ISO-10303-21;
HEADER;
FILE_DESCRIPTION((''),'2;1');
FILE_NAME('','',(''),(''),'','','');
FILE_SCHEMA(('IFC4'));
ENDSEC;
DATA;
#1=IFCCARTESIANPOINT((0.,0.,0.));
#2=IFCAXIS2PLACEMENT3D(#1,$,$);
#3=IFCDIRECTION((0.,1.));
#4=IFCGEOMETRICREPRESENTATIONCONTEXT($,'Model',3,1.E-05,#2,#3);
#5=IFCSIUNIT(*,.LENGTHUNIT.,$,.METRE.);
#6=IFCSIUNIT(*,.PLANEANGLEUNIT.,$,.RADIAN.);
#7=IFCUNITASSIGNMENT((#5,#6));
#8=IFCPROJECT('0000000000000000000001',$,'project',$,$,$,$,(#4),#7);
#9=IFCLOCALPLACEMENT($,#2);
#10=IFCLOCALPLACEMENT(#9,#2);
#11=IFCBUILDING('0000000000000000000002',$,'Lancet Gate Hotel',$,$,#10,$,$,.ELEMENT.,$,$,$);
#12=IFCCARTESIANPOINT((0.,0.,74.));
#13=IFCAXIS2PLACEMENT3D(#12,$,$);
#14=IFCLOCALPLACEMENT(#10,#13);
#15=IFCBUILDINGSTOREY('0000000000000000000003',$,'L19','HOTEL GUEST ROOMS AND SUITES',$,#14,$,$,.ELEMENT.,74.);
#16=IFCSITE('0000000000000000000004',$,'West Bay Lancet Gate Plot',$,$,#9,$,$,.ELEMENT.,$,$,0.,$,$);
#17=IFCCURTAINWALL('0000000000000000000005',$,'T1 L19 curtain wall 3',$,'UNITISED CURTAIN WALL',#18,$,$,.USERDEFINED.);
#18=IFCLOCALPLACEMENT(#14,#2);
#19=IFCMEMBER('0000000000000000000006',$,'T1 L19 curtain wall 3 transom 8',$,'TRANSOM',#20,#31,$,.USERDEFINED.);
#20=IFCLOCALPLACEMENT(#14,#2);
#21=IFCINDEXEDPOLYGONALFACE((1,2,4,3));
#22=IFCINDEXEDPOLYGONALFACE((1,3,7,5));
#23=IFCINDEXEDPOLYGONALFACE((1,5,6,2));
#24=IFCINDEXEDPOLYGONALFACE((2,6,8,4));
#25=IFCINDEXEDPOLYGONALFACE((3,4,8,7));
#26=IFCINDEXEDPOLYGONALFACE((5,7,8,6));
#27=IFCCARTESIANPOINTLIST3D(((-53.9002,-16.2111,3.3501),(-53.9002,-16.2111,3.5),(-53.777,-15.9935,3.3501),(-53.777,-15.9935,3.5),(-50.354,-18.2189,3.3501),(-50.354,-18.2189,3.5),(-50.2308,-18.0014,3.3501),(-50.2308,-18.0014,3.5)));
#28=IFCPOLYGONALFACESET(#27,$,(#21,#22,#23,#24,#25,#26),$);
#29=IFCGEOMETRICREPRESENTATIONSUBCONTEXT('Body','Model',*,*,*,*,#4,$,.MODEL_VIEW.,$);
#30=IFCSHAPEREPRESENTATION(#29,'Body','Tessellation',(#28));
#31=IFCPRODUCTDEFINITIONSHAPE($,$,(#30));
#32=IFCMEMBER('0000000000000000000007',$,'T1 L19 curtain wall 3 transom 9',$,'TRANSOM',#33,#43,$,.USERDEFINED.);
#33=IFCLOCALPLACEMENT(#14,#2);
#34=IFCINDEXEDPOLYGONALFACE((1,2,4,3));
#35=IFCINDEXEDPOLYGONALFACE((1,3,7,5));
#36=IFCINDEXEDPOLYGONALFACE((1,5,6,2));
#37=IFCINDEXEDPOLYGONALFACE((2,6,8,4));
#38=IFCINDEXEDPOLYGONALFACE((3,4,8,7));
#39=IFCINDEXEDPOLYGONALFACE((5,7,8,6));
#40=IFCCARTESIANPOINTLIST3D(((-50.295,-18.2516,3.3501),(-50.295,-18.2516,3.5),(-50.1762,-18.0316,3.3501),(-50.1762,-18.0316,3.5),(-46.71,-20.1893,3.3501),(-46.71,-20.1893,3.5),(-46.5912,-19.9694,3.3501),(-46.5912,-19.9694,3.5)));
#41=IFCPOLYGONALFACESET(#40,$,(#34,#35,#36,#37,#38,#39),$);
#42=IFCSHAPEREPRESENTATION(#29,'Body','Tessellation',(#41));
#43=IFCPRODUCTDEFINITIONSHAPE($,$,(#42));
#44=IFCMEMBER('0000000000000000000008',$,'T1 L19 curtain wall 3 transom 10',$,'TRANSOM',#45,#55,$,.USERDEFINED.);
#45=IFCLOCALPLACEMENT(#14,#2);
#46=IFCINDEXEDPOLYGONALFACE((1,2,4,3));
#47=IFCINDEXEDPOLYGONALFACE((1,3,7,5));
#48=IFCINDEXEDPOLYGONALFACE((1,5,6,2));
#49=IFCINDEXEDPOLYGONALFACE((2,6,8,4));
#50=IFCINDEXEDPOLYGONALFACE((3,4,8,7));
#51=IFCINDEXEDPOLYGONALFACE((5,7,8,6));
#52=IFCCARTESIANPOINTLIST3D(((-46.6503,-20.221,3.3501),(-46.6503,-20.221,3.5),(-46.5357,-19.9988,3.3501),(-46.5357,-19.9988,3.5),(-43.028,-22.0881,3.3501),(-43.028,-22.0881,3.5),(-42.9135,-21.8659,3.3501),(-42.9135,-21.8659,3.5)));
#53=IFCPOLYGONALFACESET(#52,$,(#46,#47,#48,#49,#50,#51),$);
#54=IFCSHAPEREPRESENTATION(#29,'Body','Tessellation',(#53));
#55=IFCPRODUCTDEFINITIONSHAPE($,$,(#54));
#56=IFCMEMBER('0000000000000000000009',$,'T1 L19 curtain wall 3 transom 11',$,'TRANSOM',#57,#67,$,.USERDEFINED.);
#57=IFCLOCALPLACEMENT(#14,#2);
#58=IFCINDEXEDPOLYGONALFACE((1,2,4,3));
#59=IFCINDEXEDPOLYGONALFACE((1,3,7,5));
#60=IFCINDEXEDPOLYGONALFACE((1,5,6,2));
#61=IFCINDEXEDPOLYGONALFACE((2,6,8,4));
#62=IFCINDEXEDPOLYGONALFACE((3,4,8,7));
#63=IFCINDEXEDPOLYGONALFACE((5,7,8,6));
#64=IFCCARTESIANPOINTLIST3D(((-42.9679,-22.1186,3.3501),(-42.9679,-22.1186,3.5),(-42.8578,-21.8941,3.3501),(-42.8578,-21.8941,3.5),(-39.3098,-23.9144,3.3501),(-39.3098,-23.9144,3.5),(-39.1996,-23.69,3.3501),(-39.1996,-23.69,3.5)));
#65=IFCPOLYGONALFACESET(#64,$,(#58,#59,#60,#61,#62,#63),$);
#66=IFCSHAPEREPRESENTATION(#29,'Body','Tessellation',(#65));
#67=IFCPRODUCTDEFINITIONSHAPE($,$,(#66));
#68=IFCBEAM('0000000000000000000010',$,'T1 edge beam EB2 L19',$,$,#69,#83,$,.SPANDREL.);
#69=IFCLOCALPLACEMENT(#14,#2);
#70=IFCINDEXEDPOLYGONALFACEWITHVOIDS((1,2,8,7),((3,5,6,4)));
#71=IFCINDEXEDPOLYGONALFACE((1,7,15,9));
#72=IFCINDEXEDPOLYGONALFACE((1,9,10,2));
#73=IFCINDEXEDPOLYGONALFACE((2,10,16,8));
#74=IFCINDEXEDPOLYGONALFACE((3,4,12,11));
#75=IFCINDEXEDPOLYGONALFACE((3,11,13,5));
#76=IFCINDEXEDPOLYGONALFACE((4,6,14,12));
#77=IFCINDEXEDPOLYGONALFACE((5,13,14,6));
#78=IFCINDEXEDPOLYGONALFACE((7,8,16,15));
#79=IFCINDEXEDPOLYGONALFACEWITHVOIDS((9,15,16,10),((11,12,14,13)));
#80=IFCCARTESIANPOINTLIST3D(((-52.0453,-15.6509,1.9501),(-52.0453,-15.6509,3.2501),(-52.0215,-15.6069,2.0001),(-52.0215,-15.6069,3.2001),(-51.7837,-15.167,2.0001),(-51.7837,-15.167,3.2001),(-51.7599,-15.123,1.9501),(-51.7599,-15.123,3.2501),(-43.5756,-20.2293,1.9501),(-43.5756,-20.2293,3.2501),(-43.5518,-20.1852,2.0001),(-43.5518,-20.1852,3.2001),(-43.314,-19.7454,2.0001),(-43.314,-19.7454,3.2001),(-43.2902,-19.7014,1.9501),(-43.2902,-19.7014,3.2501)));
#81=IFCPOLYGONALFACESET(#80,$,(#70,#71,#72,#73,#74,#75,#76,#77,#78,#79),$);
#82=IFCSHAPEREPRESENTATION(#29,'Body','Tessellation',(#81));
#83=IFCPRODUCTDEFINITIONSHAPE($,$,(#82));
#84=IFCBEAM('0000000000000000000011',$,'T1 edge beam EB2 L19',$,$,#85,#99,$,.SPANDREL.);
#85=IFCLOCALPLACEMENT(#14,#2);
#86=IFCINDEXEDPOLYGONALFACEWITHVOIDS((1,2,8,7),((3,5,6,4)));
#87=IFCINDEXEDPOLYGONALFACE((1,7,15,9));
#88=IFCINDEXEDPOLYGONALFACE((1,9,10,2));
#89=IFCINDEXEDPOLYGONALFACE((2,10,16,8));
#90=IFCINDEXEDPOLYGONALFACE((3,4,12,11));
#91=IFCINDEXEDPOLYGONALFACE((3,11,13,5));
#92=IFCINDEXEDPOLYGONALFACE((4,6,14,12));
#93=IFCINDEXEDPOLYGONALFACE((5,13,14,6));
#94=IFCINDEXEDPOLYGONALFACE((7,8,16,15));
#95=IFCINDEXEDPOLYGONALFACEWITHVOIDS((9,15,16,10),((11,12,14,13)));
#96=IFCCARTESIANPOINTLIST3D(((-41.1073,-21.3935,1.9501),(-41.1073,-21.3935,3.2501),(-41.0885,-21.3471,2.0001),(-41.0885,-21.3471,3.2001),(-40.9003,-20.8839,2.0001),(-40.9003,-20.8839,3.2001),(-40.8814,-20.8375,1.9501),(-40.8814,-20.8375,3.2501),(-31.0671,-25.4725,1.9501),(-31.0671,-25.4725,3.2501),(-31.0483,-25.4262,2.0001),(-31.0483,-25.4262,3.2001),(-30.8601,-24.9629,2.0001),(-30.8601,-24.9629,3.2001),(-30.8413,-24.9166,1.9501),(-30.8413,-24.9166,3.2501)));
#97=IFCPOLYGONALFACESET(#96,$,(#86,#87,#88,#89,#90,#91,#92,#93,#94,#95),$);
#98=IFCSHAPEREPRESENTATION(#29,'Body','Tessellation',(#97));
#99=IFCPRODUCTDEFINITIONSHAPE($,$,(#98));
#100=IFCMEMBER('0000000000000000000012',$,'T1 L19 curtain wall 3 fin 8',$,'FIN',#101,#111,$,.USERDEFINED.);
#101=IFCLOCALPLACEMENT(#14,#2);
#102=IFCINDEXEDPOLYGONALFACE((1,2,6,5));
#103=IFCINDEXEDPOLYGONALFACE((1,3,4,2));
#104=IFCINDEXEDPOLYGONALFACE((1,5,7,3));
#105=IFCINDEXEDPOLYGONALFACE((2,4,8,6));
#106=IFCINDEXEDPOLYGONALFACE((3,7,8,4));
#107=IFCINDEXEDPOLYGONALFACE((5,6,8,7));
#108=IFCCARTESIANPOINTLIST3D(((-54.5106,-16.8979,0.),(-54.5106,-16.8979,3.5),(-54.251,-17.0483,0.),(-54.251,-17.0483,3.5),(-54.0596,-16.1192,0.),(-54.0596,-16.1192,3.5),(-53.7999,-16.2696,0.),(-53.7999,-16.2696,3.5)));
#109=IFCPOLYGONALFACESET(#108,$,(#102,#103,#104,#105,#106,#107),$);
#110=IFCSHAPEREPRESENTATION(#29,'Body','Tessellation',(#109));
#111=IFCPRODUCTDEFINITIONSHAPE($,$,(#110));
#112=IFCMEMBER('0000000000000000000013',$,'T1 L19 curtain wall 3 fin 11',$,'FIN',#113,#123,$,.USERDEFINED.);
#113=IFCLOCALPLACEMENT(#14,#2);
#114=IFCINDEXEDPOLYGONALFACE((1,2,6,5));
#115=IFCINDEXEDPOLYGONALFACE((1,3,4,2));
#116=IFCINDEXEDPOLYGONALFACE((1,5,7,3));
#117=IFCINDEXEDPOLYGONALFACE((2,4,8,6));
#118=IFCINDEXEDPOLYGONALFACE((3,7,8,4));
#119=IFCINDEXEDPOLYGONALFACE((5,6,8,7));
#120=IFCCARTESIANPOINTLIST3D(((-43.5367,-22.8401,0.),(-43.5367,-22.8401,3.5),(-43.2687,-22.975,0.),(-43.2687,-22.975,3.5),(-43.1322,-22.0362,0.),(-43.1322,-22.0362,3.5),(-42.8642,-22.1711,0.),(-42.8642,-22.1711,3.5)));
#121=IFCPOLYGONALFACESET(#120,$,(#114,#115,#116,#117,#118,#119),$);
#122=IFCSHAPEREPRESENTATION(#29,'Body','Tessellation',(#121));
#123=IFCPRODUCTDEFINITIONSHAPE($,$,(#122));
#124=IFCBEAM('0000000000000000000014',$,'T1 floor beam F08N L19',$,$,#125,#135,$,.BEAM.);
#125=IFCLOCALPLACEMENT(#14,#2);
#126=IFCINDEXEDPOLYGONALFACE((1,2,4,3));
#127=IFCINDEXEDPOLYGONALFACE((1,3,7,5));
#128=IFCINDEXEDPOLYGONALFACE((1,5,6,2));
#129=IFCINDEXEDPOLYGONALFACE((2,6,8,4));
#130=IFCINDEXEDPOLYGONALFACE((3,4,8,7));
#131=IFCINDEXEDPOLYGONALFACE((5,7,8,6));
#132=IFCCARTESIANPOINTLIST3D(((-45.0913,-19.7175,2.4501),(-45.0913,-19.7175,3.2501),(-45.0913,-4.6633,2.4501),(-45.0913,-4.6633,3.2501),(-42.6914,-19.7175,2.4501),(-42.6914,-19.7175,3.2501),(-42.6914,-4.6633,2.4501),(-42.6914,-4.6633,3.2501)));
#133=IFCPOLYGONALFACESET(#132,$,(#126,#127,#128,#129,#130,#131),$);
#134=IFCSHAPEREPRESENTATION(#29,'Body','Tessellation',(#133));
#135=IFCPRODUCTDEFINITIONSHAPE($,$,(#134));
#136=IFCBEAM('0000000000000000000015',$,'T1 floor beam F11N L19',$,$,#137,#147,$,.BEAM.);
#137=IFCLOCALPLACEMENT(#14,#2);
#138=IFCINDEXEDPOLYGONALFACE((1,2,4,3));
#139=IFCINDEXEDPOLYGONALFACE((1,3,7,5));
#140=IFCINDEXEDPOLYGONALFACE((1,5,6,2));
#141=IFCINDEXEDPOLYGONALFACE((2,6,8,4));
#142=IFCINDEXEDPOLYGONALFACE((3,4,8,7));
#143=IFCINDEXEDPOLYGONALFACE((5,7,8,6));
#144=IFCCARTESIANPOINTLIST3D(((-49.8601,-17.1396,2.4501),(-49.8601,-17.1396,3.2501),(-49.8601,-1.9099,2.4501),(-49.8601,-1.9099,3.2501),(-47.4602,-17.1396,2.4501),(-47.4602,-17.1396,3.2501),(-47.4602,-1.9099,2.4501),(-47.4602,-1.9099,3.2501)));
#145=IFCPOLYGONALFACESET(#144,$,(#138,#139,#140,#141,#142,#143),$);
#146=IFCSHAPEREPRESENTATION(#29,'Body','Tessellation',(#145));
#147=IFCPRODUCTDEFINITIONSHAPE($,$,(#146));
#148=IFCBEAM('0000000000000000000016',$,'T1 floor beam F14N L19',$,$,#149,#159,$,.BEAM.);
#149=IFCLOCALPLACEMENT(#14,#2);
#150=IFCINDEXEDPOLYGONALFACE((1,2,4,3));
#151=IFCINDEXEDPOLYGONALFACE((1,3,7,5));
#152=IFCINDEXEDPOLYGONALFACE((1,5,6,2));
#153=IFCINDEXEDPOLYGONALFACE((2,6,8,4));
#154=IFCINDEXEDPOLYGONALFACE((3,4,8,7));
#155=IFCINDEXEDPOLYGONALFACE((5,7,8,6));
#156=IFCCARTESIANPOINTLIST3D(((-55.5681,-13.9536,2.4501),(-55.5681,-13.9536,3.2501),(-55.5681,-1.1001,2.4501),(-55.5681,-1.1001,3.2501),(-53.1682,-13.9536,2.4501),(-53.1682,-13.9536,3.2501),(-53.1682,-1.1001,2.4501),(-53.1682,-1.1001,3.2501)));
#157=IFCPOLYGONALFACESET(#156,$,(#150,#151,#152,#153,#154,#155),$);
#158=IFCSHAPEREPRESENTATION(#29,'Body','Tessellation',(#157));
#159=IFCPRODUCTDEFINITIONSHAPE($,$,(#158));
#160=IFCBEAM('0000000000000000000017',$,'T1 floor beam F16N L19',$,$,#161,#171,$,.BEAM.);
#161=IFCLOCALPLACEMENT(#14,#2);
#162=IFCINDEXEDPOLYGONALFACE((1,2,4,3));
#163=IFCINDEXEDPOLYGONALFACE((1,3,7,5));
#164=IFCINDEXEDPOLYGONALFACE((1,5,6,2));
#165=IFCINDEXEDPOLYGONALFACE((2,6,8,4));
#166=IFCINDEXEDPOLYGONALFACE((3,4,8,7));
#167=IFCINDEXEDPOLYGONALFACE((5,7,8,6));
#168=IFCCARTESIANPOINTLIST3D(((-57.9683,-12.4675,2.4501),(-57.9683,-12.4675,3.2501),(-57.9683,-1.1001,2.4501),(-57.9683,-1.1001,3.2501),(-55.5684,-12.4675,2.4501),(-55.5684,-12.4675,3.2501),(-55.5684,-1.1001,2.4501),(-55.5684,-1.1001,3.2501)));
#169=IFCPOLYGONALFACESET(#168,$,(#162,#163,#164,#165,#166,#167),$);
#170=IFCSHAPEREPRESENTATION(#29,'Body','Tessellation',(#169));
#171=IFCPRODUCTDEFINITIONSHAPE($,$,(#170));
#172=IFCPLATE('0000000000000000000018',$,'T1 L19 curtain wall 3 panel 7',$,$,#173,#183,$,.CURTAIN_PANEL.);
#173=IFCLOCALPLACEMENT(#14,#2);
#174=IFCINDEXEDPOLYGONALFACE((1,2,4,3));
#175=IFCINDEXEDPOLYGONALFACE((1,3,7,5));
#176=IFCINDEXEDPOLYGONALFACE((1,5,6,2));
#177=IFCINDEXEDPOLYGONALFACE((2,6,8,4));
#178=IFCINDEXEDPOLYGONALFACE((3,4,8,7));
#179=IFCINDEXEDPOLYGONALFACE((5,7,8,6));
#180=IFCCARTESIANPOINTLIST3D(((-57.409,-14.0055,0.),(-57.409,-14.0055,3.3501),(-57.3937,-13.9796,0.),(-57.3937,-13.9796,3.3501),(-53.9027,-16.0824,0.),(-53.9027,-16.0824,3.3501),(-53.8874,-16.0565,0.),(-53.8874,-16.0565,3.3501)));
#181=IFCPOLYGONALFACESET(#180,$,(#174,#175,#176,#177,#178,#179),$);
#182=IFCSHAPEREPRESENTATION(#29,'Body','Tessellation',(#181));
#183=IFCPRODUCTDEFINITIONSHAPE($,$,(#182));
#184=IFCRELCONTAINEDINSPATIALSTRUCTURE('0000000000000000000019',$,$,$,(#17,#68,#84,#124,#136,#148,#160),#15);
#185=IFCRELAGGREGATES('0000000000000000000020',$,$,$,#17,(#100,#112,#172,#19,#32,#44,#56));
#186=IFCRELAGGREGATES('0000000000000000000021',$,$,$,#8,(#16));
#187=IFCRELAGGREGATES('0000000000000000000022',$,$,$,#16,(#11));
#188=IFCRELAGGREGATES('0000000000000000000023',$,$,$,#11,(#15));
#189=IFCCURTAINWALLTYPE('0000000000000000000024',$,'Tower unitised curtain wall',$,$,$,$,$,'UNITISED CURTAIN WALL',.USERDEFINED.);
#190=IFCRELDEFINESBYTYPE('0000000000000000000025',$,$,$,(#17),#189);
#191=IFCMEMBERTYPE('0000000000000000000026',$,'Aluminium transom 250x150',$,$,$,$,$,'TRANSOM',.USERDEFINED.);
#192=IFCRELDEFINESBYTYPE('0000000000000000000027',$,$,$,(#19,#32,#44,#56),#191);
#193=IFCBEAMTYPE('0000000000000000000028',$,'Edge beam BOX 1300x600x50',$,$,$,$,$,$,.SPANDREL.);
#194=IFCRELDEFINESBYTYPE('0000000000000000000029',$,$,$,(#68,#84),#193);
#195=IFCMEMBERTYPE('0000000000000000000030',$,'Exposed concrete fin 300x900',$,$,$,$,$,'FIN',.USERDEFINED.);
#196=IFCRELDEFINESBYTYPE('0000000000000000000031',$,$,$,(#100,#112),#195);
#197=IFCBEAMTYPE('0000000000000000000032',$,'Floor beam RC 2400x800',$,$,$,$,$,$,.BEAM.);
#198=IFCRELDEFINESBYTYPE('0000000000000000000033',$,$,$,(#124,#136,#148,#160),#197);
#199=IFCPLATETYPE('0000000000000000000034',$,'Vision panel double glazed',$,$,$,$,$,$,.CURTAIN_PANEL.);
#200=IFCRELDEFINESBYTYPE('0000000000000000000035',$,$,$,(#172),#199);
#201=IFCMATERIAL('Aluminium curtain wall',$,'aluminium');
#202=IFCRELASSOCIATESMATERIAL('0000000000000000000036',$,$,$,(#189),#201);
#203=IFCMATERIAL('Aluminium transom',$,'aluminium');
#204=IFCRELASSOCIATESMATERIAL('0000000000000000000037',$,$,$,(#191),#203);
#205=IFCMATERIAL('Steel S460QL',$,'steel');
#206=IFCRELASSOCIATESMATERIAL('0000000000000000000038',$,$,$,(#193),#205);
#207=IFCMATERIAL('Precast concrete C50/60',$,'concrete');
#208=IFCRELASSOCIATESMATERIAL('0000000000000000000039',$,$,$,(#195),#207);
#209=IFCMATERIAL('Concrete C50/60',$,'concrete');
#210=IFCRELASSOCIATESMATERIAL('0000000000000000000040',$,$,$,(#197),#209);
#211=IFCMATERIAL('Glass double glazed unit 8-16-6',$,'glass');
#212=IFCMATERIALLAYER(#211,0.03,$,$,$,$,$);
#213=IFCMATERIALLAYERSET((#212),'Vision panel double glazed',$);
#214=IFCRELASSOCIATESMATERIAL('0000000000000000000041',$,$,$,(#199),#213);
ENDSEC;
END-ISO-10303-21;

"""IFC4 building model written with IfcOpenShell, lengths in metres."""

from ifc_helpers import new_model, si_unit, direction, frame, origin, origin_2d, place, context, subcontext, project, spatial, rectangle, hollow_rectangle, extrude, material, layer, layer_set, material_profile, profile_set, type_object, element, aggregate, save


model = new_model("IFC4")

# Units and contexts
model_context = context("Model", 3, precision=1e-05, world=origin(), true_north=direction((0.0, 1.0)))
body_context = subcontext(model_context, "Body", "Model", "MODEL_VIEW")
ifc_project = project(units=[si_unit("LENGTHUNIT", "METRE"), si_unit("PLANEANGLEUNIT", "RADIAN")], contexts=[model_context])

# Site, building, storey
site_placement = place(None, origin())
site = spatial("IfcSite", under=ifc_project, at=site_placement, Name="West Bay Lancet Gate Plot", CompositionType="ELEMENT", RefElevation=0.0)
building_placement = place(site_placement, origin())
building = spatial("IfcBuilding", under=site, at=building_placement, Name="Lancet Gate Hotel", CompositionType="ELEMENT")
storey_placement = place(building_placement, frame((0.0, 0.0, 74.0)))
storey = spatial("IfcBuildingStorey", under=building, at=storey_placement, Name="L19", Description="HOTEL GUEST ROOMS AND SUITES", CompositionType="ELEMENT", Elevation=74.0)

# Curtain wall, members
ifc_material_1 = material(Name="Aluminium curtain wall", Category="aluminium")
curtain_wall_type = type_object("IfcCurtainWallType", Name="Tower unitised curtain wall", ElementType="UNITISED CURTAIN WALL", PredefinedType="USERDEFINED", material=ifc_material_1)
curtain_wall_placement = place(storey_placement, origin())
curtain_wall = element("IfcCurtainWall", 1, at=curtain_wall_placement, inside=storey, type_object=curtain_wall_type, Name="T1 L19 curtain wall 3", ObjectType="UNITISED CURTAIN WALL", PredefinedType="USERDEFINED")
ifc_material_2 = material(Name="Aluminium transom", Category="aluminium")
ifc_material_profile_1 = material_profile(ifc_material_2, rectangle(XDim=0.25, YDim=0.1499, at=origin_2d()), Name="TRANSOM 250x150")
ifc_profile_set_1 = profile_set([ifc_material_profile_1], Name="Aluminium transom")
member_type_1 = type_object("IfcMemberType", Name="Aluminium transom 250x150", ElementType="TRANSOM", PredefinedType="USERDEFINED", material=ifc_profile_set_1)
member_1_placement = place(storey_placement, frame((-53.8386, -16.1023, 3.425), z_axis=(0.870198, -0.492703, 0.0), x_axis=(0.492703, 0.870198, 0.0)))
member_1 = element("IfcMember", 2, at=member_1_placement, type_object=member_type_1, Name="T1 L19 curtain wall 3 transom 8", ObjectType="TRANSOM", PredefinedType="USERDEFINED", context=body_context, shape_type="SweptSolid", body=[
    extrude(rectangle(XDim=0.25, YDim=0.1499, at=origin_2d()), origin(), (0.0, 0.0, 1.0), 4.0752),
])
member_2_placement = place(storey_placement, frame((-50.2356, -18.1416, 3.425), z_axis=(0.879714, -0.475503, 0.0), x_axis=(0.475503, 0.879714, 0.0)))
member_2 = element("IfcMember", 3, at=member_2_placement, type_object=member_type_1, Name="T1 L19 curtain wall 3 transom 9", ObjectType="TRANSOM", PredefinedType="USERDEFINED", context=body_context, shape_type="SweptSolid", body=[
    extrude(rectangle(XDim=0.25, YDim=0.1499, at=origin_2d()), origin(), (0.0, 0.0, 1.0), 4.0752),
])
member_3_placement = place(storey_placement, frame((-46.593, -20.1099, 3.425), z_axis=(0.88886, -0.458179, 0.0), x_axis=(0.458179, 0.88886, 0.0)))
member_3 = element("IfcMember", 4, at=member_3_placement, type_object=member_type_1, Name="T1 L19 curtain wall 3 transom 10", ObjectType="TRANSOM", PredefinedType="USERDEFINED", context=body_context, shape_type="SweptSolid", body=[
    extrude(rectangle(XDim=0.25, YDim=0.1499, at=origin_2d()), origin(), (0.0, 0.0, 1.0), 4.0752),
])
member_4_placement = place(storey_placement, frame((-42.9128, -22.0063, 3.425), z_axis=(0.897662, -0.440684, 0.0), x_axis=(0.440684, 0.897662, 0.0)))
member_4 = element("IfcMember", 5, at=member_4_placement, type_object=member_type_1, Name="T1 L19 curtain wall 3 transom 11", ObjectType="TRANSOM", PredefinedType="USERDEFINED", context=body_context, shape_type="SweptSolid", body=[
    extrude(rectangle(XDim=0.25, YDim=0.1499, at=origin_2d()), origin(), (0.0, 0.0, 1.0), 4.0752),
])

# Beams
ifc_material_3 = material(Name="Steel S460QL", Category="steel")
ifc_material_profile_2 = material_profile(ifc_material_3, hollow_rectangle(XDim=0.6001, YDim=1.3, WallThickness=0.05, at=origin_2d()), Name="BOX 1300x600x50")
ifc_profile_set_2 = profile_set([ifc_material_profile_2], Name="Steel S460QL")
beam_type_1 = type_object("IfcBeamType", Name="Edge beam BOX 1300x600x50", PredefinedType="SPANDREL", material=ifc_profile_set_2)
beam_1_placement = place(storey_placement, frame((-51.9026, -15.387, 2.6001), z_axis=(0.8797, -0.475528, 0.0), x_axis=(0.475528, 0.8797, 0.0)))
element("IfcBeam", 6, at=beam_1_placement, inside=storey, type_object=beam_type_1, Name="T1 edge beam EB2 L19", PredefinedType="SPANDREL", context=body_context, shape_type="SweptSolid", body=[
    extrude(hollow_rectangle(XDim=0.6001, YDim=1.3, WallThickness=0.05, at=origin_2d()), origin(), (0.0, 0.0, 1.0), 9.6279),
])
beam_2_placement = place(storey_placement, frame((-40.9944, -21.1155, 2.6001), z_axis=(0.926459, -0.376396, 0.0), x_axis=(0.376396, 0.926459, 0.0)))
element("IfcBeam", 7, at=beam_2_placement, inside=storey, type_object=beam_type_1, Name="T1 edge beam EB2 L19", PredefinedType="SPANDREL", context=body_context, shape_type="SweptSolid", body=[
    extrude(hollow_rectangle(XDim=0.6001, YDim=1.3, WallThickness=0.05, at=origin_2d()), origin(), (0.0, 0.0, 1.0), 10.8372),
])

# Members
ifc_material_4 = material(Name="Precast concrete C50/60", Category="concrete")
ifc_material_profile_3 = material_profile(ifc_material_4, rectangle(XDim=0.3, YDim=0.8999, at=origin_2d()), Name="FIN 300x900")
ifc_profile_set_3 = profile_set([ifc_material_profile_3], Name="Precast concrete C50/60")
member_type_2 = type_object("IfcMemberType", Name="Exposed concrete fin 300x900", ElementType="FIN", PredefinedType="USERDEFINED", material=ifc_profile_set_3)
member_5_placement = place(storey_placement, frame((-54.1553, -16.5837, 0.0), z_axis=(0.0, 0.0, 1.0), x_axis=(0.865335, -0.501194, 0.0)))
member_5 = element("IfcMember", 8, at=member_5_placement, type_object=member_type_2, Name="T1 L19 curtain wall 3 fin 8", ObjectType="FIN", PredefinedType="USERDEFINED", context=body_context, shape_type="SweptSolid", body=[
    extrude(rectangle(XDim=0.3, YDim=0.8999, at=origin_2d()), origin(), (0.0, 0.0, 1.0), 3.5),
])
member_6_placement = place(storey_placement, frame((-43.2004, -22.5056, 0.0), z_axis=(0.0, 0.0, 1.0), x_axis=(0.893292, -0.449478, 0.0)))
member_6 = element("IfcMember", 9, at=member_6_placement, type_object=member_type_2, Name="T1 L19 curtain wall 3 fin 11", ObjectType="FIN", PredefinedType="USERDEFINED", context=body_context, shape_type="SweptSolid", body=[
    extrude(rectangle(XDim=0.3, YDim=0.8999, at=origin_2d()), origin(), (0.0, 0.0, 1.0), 3.5),
])

# Beams
ifc_material_5 = material(Name="Concrete C50/60", Category="concrete")
ifc_material_profile_4 = material_profile(ifc_material_5, rectangle(XDim=2.3999, YDim=0.8, at=origin_2d()), Name="RC 2400x800")
ifc_profile_set_4 = profile_set([ifc_material_profile_4], Name="Concrete C50/60")
beam_type_2 = type_object("IfcBeamType", Name="Floor beam RC 2400x800", PredefinedType="BEAM", material=ifc_profile_set_4)
beam_3_placement = place(storey_placement, frame((-43.8914, -4.6633, 2.8501), z_axis=(0.0, -1.0, 0.0), x_axis=(1.0, 0.0, 0.0)))
element("IfcBeam", 10, at=beam_3_placement, inside=storey, type_object=beam_type_2, Name="T1 floor beam F08N L19", PredefinedType="BEAM", context=body_context, shape_type="SweptSolid", body=[
    extrude(rectangle(XDim=2.3999, YDim=0.8, at=origin_2d()), origin(), (0.0, 0.0, 1.0), 15.0542),
])
beam_4_placement = place(storey_placement, frame((-48.6602, -1.9099, 2.8501), z_axis=(0.0, -1.0, 0.0), x_axis=(1.0, 0.0, 0.0)))
element("IfcBeam", 11, at=beam_4_placement, inside=storey, type_object=beam_type_2, Name="T1 floor beam F11N L19", PredefinedType="BEAM", context=body_context, shape_type="SweptSolid", body=[
    extrude(rectangle(XDim=2.3999, YDim=0.8, at=origin_2d()), origin(), (0.0, 0.0, 1.0), 15.2297),
])
beam_5_placement = place(storey_placement, frame((-54.3682, -1.1001, 2.8501), z_axis=(0.0, -1.0, 0.0), x_axis=(1.0, 0.0, 0.0)))
element("IfcBeam", 12, at=beam_5_placement, inside=storey, type_object=beam_type_2, Name="T1 floor beam F14N L19", PredefinedType="BEAM", context=body_context, shape_type="SweptSolid", body=[
    extrude(rectangle(XDim=2.3999, YDim=0.8, at=origin_2d()), origin(), (0.0, 0.0, 1.0), 12.8535),
])
beam_6_placement = place(storey_placement, frame((-56.7683, -1.1001, 2.8501), z_axis=(0.0, -1.0, 0.0), x_axis=(1.0, 0.0, 0.0)))
element("IfcBeam", 13, at=beam_6_placement, inside=storey, type_object=beam_type_2, Name="T1 floor beam F16N L19", PredefinedType="BEAM", context=body_context, shape_type="SweptSolid", body=[
    extrude(rectangle(XDim=2.3999, YDim=0.8, at=origin_2d()), origin(), (0.0, 0.0, 1.0), 11.3674),
])

# Plate
ifc_material_6 = material(Name="Glass double glazed unit 8-16-6", Category="glass")
ifc_layer_1 = layer(ifc_material_6, 0.03)
ifc_layer_set_1 = layer_set([ifc_layer_1], Name="Vision panel double glazed")
plate_type = type_object("IfcPlateType", Name="Vision panel double glazed", PredefinedType="CURTAIN_PANEL", material=ifc_layer_set_1)
plate_1_placement = place(storey_placement, frame((-55.6482, -15.031, 0.0), z_axis=(0.0, 0.0, 1.0), x_axis=(0.860382, -0.50965, 0.0)))
plate_1 = element("IfcPlate", 14, at=plate_1_placement, type_object=plate_type, Name="T1 L19 curtain wall 3 panel 7", PredefinedType="CURTAIN_PANEL", context=body_context, shape_type="SweptSolid", body=[
    extrude(rectangle(XDim=4.0752, YDim=0.03, at=origin_2d()), origin(), (0.0, 0.0, 1.0), 3.3501),
])
aggregate(curtain_wall, [member_5, member_6, plate_1, member_1, member_2, member_3, member_4])

save(model, "model.ifc")
